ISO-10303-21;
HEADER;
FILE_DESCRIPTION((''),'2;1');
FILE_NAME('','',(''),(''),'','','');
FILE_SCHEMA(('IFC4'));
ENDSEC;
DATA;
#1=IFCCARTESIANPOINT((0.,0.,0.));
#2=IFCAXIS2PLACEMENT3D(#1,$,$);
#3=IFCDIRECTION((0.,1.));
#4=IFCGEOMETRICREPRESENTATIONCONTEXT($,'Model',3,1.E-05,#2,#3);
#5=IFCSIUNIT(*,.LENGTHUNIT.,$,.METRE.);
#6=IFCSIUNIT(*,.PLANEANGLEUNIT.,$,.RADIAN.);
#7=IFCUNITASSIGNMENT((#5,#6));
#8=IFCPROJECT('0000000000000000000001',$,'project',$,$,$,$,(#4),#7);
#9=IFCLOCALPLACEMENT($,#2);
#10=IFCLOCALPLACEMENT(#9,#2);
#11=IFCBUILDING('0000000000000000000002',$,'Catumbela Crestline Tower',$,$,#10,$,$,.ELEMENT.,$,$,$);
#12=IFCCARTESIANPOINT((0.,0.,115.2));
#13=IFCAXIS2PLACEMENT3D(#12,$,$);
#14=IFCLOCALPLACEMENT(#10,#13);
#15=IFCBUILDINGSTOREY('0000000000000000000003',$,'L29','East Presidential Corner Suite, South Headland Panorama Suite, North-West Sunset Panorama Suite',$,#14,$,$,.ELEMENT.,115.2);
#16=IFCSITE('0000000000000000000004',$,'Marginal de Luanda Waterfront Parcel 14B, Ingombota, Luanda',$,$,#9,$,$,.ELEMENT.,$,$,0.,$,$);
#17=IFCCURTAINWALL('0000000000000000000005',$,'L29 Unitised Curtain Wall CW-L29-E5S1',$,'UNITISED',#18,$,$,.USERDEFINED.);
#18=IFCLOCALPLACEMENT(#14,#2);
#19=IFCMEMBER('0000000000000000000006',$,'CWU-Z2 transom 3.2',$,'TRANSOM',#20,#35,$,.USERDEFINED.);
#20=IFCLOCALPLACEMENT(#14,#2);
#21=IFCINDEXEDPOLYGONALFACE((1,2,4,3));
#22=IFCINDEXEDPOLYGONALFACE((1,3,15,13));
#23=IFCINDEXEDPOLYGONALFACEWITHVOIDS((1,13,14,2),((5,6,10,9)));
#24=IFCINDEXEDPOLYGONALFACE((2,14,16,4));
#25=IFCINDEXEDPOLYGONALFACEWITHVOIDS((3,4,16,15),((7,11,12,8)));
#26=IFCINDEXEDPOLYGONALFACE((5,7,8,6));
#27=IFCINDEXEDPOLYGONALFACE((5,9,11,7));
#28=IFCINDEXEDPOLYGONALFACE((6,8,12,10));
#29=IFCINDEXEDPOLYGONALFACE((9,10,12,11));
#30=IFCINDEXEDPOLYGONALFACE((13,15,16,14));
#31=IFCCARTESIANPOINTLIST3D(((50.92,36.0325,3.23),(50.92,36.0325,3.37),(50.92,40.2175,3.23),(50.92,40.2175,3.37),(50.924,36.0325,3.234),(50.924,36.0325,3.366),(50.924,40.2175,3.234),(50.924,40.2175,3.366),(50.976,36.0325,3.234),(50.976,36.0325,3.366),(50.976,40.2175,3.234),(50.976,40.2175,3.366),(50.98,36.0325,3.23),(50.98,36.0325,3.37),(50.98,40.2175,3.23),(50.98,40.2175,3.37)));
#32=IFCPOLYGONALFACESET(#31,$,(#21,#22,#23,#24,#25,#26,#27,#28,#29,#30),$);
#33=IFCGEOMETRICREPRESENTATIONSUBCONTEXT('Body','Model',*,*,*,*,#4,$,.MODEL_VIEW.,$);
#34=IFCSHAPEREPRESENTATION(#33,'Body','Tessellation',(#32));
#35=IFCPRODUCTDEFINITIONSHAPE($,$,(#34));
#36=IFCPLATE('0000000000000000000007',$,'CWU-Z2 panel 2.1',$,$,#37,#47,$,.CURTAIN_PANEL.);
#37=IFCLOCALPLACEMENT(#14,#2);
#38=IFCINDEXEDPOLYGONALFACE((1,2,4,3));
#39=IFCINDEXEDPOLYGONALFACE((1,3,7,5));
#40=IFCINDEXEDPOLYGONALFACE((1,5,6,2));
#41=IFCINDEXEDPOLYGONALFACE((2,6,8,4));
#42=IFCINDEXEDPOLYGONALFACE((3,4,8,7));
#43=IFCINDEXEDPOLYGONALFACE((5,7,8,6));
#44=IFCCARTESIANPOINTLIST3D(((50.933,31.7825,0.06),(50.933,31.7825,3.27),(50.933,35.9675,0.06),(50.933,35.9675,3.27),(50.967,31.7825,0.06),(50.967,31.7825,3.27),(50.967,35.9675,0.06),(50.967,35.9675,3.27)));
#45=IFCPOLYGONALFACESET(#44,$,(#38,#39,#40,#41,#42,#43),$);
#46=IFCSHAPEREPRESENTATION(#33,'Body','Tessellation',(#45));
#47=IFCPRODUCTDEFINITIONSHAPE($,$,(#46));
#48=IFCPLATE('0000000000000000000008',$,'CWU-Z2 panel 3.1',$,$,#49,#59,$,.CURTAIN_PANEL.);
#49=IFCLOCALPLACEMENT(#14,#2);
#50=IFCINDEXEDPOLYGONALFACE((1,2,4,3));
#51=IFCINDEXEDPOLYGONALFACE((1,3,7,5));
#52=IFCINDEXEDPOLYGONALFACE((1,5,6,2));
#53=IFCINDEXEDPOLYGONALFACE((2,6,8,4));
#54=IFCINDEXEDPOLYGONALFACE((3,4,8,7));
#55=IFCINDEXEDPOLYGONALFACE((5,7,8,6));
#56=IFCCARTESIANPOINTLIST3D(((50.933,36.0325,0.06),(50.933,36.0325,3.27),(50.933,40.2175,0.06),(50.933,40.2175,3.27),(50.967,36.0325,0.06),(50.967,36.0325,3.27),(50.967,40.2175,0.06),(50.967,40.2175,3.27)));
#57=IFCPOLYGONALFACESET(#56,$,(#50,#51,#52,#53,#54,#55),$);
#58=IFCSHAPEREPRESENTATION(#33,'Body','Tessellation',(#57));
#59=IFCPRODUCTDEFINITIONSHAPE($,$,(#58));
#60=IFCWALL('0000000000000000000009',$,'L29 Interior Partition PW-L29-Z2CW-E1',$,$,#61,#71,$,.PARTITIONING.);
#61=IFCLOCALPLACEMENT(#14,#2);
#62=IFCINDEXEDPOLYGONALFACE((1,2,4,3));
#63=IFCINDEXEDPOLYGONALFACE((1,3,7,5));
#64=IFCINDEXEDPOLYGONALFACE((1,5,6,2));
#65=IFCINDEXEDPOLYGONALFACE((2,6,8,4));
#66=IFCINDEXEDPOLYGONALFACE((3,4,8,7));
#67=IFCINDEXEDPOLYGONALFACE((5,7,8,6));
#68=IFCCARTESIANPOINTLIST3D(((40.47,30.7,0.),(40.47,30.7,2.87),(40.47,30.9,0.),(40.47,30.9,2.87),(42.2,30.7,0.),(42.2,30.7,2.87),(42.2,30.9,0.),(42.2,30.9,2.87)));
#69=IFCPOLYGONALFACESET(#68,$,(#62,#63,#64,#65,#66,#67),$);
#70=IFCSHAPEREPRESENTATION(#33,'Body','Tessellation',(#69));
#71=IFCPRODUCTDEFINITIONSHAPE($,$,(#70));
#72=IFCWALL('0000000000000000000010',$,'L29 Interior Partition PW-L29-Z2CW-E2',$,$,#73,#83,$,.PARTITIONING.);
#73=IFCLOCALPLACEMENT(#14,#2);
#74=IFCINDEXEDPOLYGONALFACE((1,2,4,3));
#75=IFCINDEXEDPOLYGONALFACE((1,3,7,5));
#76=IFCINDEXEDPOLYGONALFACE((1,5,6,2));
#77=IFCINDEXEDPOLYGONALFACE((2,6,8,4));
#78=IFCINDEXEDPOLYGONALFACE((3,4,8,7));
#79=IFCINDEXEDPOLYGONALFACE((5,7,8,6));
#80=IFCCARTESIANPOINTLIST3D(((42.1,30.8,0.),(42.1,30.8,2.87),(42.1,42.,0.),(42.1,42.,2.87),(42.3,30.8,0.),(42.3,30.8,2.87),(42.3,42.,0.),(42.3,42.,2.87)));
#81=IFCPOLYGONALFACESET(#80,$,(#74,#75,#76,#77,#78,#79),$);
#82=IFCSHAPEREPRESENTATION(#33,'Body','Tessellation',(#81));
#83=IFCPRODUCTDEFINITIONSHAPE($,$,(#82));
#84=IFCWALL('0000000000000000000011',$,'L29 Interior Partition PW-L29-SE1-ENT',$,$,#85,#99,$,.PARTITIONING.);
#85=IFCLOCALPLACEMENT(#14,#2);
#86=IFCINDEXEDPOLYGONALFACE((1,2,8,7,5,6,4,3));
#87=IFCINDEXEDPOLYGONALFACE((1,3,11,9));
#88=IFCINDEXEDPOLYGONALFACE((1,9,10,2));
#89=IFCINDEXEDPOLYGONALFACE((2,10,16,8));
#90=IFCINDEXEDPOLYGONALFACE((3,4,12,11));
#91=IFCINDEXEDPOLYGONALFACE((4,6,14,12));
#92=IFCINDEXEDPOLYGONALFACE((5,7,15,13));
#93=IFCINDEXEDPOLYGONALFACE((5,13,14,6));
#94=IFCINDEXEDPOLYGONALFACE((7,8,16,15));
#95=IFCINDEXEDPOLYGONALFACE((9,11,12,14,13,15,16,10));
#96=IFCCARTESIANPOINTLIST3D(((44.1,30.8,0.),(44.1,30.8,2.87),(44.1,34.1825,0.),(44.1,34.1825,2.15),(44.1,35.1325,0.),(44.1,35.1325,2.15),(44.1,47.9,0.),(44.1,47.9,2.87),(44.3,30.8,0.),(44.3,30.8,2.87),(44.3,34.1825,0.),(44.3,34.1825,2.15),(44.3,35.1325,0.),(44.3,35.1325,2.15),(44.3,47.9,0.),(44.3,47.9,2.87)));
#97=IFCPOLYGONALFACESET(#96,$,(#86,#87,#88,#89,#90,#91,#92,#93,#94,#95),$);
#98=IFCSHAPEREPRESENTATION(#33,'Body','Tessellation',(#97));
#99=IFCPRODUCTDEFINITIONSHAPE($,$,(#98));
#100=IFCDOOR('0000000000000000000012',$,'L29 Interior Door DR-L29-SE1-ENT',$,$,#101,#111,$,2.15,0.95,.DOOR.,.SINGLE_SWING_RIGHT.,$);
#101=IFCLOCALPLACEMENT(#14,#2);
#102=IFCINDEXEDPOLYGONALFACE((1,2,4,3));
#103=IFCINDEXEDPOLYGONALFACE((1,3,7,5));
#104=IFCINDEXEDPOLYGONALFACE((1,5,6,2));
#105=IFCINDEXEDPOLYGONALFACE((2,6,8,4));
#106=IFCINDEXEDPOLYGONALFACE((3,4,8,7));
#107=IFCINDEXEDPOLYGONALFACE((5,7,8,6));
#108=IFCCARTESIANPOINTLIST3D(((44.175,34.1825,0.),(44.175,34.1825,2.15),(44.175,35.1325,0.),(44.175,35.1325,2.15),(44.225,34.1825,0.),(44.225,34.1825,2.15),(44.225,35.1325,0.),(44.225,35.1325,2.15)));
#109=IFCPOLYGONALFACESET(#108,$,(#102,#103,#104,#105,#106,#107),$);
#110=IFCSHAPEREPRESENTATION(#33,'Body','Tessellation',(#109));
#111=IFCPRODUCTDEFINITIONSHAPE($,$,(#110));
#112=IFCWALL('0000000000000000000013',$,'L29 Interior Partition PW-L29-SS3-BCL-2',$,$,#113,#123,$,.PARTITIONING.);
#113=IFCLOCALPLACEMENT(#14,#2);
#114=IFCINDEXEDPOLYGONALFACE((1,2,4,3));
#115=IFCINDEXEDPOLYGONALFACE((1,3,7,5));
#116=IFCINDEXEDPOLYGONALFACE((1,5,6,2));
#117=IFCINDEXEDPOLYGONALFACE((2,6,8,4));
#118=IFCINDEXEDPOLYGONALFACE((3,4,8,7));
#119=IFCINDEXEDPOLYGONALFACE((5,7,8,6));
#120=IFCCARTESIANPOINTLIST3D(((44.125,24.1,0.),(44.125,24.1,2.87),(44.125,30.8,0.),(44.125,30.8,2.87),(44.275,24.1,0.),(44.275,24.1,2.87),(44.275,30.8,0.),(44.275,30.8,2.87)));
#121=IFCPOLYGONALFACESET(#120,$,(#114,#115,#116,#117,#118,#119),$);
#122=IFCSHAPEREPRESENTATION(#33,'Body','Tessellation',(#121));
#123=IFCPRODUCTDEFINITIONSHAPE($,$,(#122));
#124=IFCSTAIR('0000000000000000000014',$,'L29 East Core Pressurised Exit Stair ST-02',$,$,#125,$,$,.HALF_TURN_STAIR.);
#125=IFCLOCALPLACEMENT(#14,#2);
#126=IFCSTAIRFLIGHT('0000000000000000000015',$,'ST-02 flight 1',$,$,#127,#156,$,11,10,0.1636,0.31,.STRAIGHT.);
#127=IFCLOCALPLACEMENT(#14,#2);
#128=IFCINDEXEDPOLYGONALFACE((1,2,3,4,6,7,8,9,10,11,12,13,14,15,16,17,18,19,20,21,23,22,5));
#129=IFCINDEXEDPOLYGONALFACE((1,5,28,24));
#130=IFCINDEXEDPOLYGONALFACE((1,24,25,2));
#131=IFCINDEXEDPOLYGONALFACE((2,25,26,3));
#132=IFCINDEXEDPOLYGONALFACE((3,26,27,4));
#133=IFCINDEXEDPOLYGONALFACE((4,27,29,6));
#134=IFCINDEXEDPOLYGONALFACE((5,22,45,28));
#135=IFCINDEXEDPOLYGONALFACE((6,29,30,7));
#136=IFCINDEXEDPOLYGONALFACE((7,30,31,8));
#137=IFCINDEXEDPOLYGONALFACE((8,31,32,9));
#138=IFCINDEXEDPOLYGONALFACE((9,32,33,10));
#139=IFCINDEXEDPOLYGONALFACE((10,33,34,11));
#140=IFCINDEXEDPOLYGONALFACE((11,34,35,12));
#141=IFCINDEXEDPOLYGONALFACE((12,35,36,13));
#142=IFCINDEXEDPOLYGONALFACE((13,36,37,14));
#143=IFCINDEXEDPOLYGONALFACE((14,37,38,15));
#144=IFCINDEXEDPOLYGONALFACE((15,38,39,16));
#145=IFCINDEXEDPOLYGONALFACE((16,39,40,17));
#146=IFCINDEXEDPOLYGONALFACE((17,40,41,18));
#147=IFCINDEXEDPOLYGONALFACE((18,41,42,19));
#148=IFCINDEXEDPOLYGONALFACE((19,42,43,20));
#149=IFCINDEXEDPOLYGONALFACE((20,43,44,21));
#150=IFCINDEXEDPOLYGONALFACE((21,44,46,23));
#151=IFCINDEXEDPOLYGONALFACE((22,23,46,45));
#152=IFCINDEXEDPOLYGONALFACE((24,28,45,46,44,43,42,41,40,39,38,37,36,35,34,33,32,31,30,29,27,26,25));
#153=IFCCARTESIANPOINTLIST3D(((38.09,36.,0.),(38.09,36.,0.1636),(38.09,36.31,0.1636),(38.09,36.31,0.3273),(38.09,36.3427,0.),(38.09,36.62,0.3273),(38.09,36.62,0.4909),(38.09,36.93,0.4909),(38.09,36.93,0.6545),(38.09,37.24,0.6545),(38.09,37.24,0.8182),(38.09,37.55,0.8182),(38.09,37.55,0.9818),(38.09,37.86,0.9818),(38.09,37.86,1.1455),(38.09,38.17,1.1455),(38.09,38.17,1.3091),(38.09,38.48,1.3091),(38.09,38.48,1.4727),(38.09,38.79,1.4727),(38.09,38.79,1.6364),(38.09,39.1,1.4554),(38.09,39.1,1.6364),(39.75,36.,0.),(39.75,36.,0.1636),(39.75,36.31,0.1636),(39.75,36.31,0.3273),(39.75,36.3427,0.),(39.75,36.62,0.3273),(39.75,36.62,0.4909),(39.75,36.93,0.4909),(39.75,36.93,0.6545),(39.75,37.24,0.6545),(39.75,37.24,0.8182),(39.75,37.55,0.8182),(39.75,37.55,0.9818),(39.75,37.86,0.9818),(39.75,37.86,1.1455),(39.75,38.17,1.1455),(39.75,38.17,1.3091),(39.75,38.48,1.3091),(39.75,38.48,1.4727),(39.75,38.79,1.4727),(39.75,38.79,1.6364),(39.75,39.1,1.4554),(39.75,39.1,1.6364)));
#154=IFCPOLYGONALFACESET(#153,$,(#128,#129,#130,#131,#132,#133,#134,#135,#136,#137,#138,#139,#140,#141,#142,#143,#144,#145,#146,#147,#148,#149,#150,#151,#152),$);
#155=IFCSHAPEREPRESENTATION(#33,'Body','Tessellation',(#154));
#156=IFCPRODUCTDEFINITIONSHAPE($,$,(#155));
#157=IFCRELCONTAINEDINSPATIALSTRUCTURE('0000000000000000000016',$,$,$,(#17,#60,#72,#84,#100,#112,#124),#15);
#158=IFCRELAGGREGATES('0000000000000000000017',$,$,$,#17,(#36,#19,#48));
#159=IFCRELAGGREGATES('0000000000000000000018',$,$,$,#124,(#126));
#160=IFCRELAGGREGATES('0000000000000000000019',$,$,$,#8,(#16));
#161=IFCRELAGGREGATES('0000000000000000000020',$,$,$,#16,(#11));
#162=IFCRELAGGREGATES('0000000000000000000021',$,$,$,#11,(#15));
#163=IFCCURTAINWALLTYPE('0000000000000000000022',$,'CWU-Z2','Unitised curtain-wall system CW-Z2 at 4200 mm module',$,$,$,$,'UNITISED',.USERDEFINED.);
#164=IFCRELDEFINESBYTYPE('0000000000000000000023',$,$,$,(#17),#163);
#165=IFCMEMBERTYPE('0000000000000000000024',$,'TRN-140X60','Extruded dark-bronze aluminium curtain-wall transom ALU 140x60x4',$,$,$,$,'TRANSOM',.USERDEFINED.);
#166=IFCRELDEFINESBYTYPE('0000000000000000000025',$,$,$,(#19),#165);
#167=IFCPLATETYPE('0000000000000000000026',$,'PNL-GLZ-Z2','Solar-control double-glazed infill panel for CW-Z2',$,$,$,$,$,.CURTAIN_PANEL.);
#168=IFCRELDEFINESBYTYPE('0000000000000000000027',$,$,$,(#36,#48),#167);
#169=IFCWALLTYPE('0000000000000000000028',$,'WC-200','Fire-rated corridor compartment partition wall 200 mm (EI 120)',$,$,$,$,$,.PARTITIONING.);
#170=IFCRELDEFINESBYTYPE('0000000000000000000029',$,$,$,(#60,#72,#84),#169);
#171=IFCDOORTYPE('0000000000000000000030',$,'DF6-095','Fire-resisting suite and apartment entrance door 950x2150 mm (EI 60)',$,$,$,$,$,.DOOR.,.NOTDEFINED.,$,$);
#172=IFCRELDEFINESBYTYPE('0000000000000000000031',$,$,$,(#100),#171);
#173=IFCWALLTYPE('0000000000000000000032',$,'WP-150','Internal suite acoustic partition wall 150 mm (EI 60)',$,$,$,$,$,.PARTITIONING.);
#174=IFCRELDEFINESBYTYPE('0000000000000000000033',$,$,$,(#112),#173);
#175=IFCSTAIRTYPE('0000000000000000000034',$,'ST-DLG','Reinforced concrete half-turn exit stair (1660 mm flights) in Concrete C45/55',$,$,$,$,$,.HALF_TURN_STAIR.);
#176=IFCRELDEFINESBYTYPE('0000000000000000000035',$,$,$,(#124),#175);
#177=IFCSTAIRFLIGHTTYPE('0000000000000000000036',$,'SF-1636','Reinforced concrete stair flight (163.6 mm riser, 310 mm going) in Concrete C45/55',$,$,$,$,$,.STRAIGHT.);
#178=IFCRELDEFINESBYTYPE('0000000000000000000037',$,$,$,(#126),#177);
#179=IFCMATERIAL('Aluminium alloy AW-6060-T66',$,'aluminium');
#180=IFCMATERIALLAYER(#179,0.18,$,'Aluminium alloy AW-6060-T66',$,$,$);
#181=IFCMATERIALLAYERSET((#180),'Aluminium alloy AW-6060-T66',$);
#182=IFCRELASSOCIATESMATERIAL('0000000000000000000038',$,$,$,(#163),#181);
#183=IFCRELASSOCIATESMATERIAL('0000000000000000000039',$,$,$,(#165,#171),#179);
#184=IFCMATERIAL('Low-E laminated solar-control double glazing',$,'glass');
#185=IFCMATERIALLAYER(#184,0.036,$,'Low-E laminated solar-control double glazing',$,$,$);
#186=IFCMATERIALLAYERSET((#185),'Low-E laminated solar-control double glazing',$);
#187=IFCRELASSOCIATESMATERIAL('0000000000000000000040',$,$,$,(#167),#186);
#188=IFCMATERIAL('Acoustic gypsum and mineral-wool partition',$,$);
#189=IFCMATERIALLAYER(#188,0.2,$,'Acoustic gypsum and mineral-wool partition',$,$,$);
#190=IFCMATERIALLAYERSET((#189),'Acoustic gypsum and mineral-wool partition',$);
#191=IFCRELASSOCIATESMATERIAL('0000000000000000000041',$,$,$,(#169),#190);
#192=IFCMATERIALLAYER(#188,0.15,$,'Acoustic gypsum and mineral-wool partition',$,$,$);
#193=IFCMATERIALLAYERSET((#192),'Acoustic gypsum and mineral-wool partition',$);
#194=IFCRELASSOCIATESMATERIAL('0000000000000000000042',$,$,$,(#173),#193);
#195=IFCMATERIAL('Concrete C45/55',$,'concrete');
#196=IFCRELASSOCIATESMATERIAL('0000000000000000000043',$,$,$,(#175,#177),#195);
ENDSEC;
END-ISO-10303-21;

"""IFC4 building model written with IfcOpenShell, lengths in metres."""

from ifc_helpers import new_model, si_unit, direction, frame, frame_2d, origin, origin_2d, place, context, subcontext, project, spatial, polyline, rectangle, hollow_rectangle, outline, extrude, material, layer, layer_set, material_profile, profile_set, type_object, element, fill, aggregate, save


model = new_model("IFC4")

# Units and contexts
model_context = context("Model", 3, precision=1e-05, world=origin(), true_north=direction((0.0, 1.0)))
body_context = subcontext(model_context, "Body", "Model", "MODEL_VIEW")
ifc_project = project(units=[si_unit("LENGTHUNIT", "METRE"), si_unit("PLANEANGLEUNIT", "RADIAN")], contexts=[model_context])

# Site, building, storey
site_placement = place(None, origin())
site = spatial("IfcSite", under=ifc_project, at=site_placement, Name="Marginal de Luanda Waterfront Parcel 14B, Ingombota, Luanda", CompositionType="ELEMENT", RefElevation=0.0)
building_placement = place(site_placement, origin())
building = spatial("IfcBuilding", under=site, at=building_placement, Name="Catumbela Crestline Tower", CompositionType="ELEMENT")
storey_placement = place(building_placement, frame((0.0, 0.0, 115.2)))
storey = spatial("IfcBuildingStorey", under=building, at=storey_placement, Name="L29", Description="East Presidential Corner Suite, South Headland Panorama Suite, North-West Sunset Panorama Suite", CompositionType="ELEMENT", Elevation=115.2)

# Curtain wall
ifc_material_1 = material(Name="Aluminium alloy AW-6060-T66", Category="aluminium")
ifc_layer_1 = layer(ifc_material_1, 0.18, Name="Aluminium alloy AW-6060-T66")
ifc_layer_set_1 = layer_set([ifc_layer_1], Name="Aluminium alloy AW-6060-T66")
curtain_wall_type = type_object("IfcCurtainWallType", Name="CWU-Z2", Description="Unitised curtain-wall system CW-Z2 at 4200 mm module", ElementType="UNITISED", PredefinedType="USERDEFINED", material=ifc_layer_set_1)
curtain_wall_placement = place(storey_placement, origin())
curtain_wall = element("IfcCurtainWall", 1, at=curtain_wall_placement, inside=storey, type_object=curtain_wall_type, Name="L29 Unitised Curtain Wall CW-L29-E5S1", ObjectType="UNITISED", PredefinedType="USERDEFINED")

# Member
ifc_material_profile_1 = material_profile(ifc_material_1, hollow_rectangle(XDim=0.06, YDim=0.14, WallThickness=0.004, at=origin_2d()), Name="ALU 140x60x4")
ifc_profile_set_1 = profile_set([ifc_material_profile_1], Name="Aluminium alloy AW-6060-T66")
member_type_1 = type_object("IfcMemberType", Name="TRN-140X60", Description="Extruded dark-bronze aluminium curtain-wall transom ALU 140x60x4", ElementType="TRANSOM", PredefinedType="USERDEFINED", material=ifc_profile_set_1)
member_1_placement = place(storey_placement, frame((50.95, 36.0325, 3.3), z_axis=(0.0, 1.0, 0.0), x_axis=(-1.0, 0.0, 0.0)))
member_1 = element("IfcMember", 2, at=member_1_placement, type_object=member_type_1, Name="CWU-Z2 transom 3.2", ObjectType="TRANSOM", PredefinedType="USERDEFINED", context=body_context, shape_type="SweptSolid", body=[
    extrude(hollow_rectangle(XDim=0.06, YDim=0.14, WallThickness=0.004, at=origin_2d()), origin(), (0.0, 0.0, 1.0), 4.185),
])

# Plates
ifc_material_2 = material(Name="Low-E laminated solar-control double glazing", Category="glass")
ifc_layer_2 = layer(ifc_material_2, 0.036, Name="Low-E laminated solar-control double glazing")
ifc_layer_set_2 = layer_set([ifc_layer_2], Name="Low-E laminated solar-control double glazing")
plate_type = type_object("IfcPlateType", Name="PNL-GLZ-Z2", Description="Solar-control double-glazed infill panel for CW-Z2", PredefinedType="CURTAIN_PANEL", material=ifc_layer_set_2)
plate_1_placement = place(storey_placement, frame((50.95, 33.875, 0.06), z_axis=(0.0, 0.0, 1.0), x_axis=(0.0, 1.0, 0.0)))
plate_1 = element("IfcPlate", 3, at=plate_1_placement, type_object=plate_type, Name="CWU-Z2 panel 2.1", PredefinedType="CURTAIN_PANEL", context=body_context, shape_type="SweptSolid", body=[
    extrude(rectangle(XDim=4.185, YDim=0.034, at=origin_2d()), origin(), (0.0, 0.0, 1.0), 3.21),
])
plate_2_placement = place(storey_placement, frame((50.95, 38.125, 0.06), z_axis=(0.0, 0.0, 1.0), x_axis=(0.0, 1.0, 0.0)))
plate_2 = element("IfcPlate", 4, at=plate_2_placement, type_object=plate_type, Name="CWU-Z2 panel 3.1", PredefinedType="CURTAIN_PANEL", context=body_context, shape_type="SweptSolid", body=[
    extrude(rectangle(XDim=4.185, YDim=0.034, at=origin_2d()), origin(), (0.0, 0.0, 1.0), 3.21),
])
aggregate(curtain_wall, [plate_1, member_1, plate_2])

# Walls
ifc_material_3 = material(Name="Acoustic gypsum and mineral-wool partition")
ifc_layer_3 = layer(ifc_material_3, 0.2, Name="Acoustic gypsum and mineral-wool partition")
ifc_layer_set_3 = layer_set([ifc_layer_3], Name="Acoustic gypsum and mineral-wool partition")
wall_type_1 = type_object("IfcWallType", Name="WC-200", Description="Fire-rated corridor compartment partition wall 200 mm (EI 120)", PredefinedType="PARTITIONING", material=ifc_layer_set_3)
wall_1_placement = place(storey_placement, frame((40.47, 30.8, 0.0), z_axis=(0.0, 0.0, 1.0), x_axis=(1.0, 0.0, 0.0)))
element("IfcWall", 5, at=wall_1_placement, inside=storey, type_object=wall_type_1, Name="L29 Interior Partition PW-L29-Z2CW-E1", PredefinedType="PARTITIONING", context=body_context, shape_type="SweptSolid", body=[
    extrude(rectangle(XDim=1.73, YDim=0.2, at=frame_2d((0.865, 0.0))), origin(), (0.0, 0.0, 1.0), 2.87),
])
wall_2_placement = place(storey_placement, frame((42.2, 30.8, 0.0), z_axis=(0.0, 0.0, 1.0), x_axis=(0.0, 1.0, 0.0)))
element("IfcWall", 6, at=wall_2_placement, inside=storey, type_object=wall_type_1, Name="L29 Interior Partition PW-L29-Z2CW-E2", PredefinedType="PARTITIONING", context=body_context, shape_type="SweptSolid", body=[
    extrude(rectangle(XDim=11.2, YDim=0.2, at=frame_2d((5.6, 0.0))), origin(), (0.0, 0.0, 1.0), 2.87),
])

# Wall, opening, door
wall_3_placement = place(storey_placement, frame((44.2, 30.8, 0.0), z_axis=(0.0, 0.0, 1.0), x_axis=(0.0, 1.0, 0.0)))
wall_3 = element("IfcWall", 7, at=wall_3_placement, inside=storey, type_object=wall_type_1, Name="L29 Interior Partition PW-L29-SE1-ENT", PredefinedType="PARTITIONING", context=body_context, shape_type="SweptSolid", body=[
    extrude(rectangle(XDim=17.1, YDim=0.2, at=frame_2d((8.55, 0.0))), origin(), (0.0, 0.0, 1.0), 2.87),
])
opening_placement = place(wall_3_placement, frame((3.3825, 0.0, 0.0)))
opening = element("IfcOpeningElement", 8, at=opening_placement, cuts=wall_3, PredefinedType="OPENING", context=body_context, shape_type="SweptSolid", body=[
    extrude(rectangle(XDim=0.95, YDim=2.15, at=frame_2d((0.475, 1.075))), frame((0.0, 0.11, 0.0), z_axis=(0.0, -1.0, 0.0), x_axis=(1.0, 0.0, 0.0)), (0.0, 0.0, 1.0), 0.22),
])
door_type = type_object("IfcDoorType", Name="DF6-095", Description="Fire-resisting suite and apartment entrance door 950x2150 mm (EI 60)", OperationType="NOTDEFINED", PredefinedType="DOOR", material=ifc_material_1)
door_placement = place(opening_placement, origin())
door = element("IfcDoor", 9, at=door_placement, inside=storey, type_object=door_type, Name="L29 Interior Door DR-L29-SE1-ENT", OperationType="SINGLE_SWING_RIGHT", OverallHeight=2.15, OverallWidth=0.95, PredefinedType="DOOR", context=body_context, shape_type="SweptSolid", body=[
    extrude(rectangle(XDim=0.95, YDim=2.15, at=frame_2d((0.475, 1.075))), frame((0.0, 0.025, 0.0), z_axis=(0.0, -1.0, 0.0), x_axis=(1.0, 0.0, 0.0)), (0.0, 0.0, 1.0), 0.05),
])
fill(opening, door)

# Wall
ifc_layer_4 = layer(ifc_material_3, 0.15, Name="Acoustic gypsum and mineral-wool partition")
ifc_layer_set_4 = layer_set([ifc_layer_4], Name="Acoustic gypsum and mineral-wool partition")
wall_type_2 = type_object("IfcWallType", Name="WP-150", Description="Internal suite acoustic partition wall 150 mm (EI 60)", PredefinedType="PARTITIONING", material=ifc_layer_set_4)
wall_4_placement = place(storey_placement, frame((44.2, 30.8, 0.0), z_axis=(0.0, 0.0, 1.0), x_axis=(0.0, -1.0, 0.0)))
element("IfcWall", 10, at=wall_4_placement, inside=storey, type_object=wall_type_2, Name="L29 Interior Partition PW-L29-SS3-BCL-2", PredefinedType="PARTITIONING", context=body_context, shape_type="SweptSolid", body=[
    extrude(rectangle(XDim=6.7, YDim=0.15, at=frame_2d((3.35, 0.0))), origin(), (0.0, 0.0, 1.0), 2.87),
])

# Stair, stair flight
ifc_material_4 = material(Name="Concrete C45/55", Category="concrete")
stair_type = type_object("IfcStairType", Name="ST-DLG", Description="Reinforced concrete half-turn exit stair (1660 mm flights) in Concrete C45/55", PredefinedType="HALF_TURN_STAIR", material=ifc_material_4)
stair_placement = place(storey_placement, origin())
stair = element("IfcStair", 11, at=stair_placement, inside=storey, type_object=stair_type, Name="L29 East Core Pressurised Exit Stair ST-02", PredefinedType="HALF_TURN_STAIR")
stair_flight_type = type_object("IfcStairFlightType", Name="SF-1636", Description="Reinforced concrete stair flight (163.6 mm riser, 310 mm going) in Concrete C45/55", PredefinedType="STRAIGHT", material=ifc_material_4)
stair_flight_placement = place(storey_placement, frame((38.92, 36.0, 0.0), z_axis=(0.0, 0.0, 1.0), x_axis=(0.0, 1.0, 0.0)))
stair_flight = element("IfcStairFlight", 12, at=stair_flight_placement, type_object=stair_flight_type, Name="ST-02 flight 1", NumberOfRisers=11, NumberOfTreads=10, PredefinedType="STRAIGHT", RiserHeight=0.1636, TreadLength=0.31, context=body_context, shape_type="SweptSolid", body=[
    extrude(outline(polyline([(0.0, 0.0), (0.0, 0.1636), (0.31, 0.1636), (0.31, 0.3273), (0.62, 0.3273), (0.62, 0.4909), (0.93, 0.4909), (0.93, 0.6545), (1.24, 0.6545), (1.24, 0.8182), (1.55, 0.8182), (1.55, 0.9818), (1.86, 0.9818), (1.86, 1.1455), (2.17, 1.1455), (2.17, 1.3091), (2.48, 1.3091), (2.48, 1.4727), (2.79, 1.4727), (2.79, 1.6364), (3.1, 1.6364), (3.1, 1.8), (3.1, 1.4554), (0.3427, 0.0), (0.0, 0.0)])), frame((0.0, 0.83, 0.0), z_axis=(0.0, -1.0, 0.0), x_axis=(1.0, 0.0, 0.0)), (0.0, 0.0, 1.0), 1.66),
])
aggregate(stair, [stair_flight])

save(model, "model.ifc")
